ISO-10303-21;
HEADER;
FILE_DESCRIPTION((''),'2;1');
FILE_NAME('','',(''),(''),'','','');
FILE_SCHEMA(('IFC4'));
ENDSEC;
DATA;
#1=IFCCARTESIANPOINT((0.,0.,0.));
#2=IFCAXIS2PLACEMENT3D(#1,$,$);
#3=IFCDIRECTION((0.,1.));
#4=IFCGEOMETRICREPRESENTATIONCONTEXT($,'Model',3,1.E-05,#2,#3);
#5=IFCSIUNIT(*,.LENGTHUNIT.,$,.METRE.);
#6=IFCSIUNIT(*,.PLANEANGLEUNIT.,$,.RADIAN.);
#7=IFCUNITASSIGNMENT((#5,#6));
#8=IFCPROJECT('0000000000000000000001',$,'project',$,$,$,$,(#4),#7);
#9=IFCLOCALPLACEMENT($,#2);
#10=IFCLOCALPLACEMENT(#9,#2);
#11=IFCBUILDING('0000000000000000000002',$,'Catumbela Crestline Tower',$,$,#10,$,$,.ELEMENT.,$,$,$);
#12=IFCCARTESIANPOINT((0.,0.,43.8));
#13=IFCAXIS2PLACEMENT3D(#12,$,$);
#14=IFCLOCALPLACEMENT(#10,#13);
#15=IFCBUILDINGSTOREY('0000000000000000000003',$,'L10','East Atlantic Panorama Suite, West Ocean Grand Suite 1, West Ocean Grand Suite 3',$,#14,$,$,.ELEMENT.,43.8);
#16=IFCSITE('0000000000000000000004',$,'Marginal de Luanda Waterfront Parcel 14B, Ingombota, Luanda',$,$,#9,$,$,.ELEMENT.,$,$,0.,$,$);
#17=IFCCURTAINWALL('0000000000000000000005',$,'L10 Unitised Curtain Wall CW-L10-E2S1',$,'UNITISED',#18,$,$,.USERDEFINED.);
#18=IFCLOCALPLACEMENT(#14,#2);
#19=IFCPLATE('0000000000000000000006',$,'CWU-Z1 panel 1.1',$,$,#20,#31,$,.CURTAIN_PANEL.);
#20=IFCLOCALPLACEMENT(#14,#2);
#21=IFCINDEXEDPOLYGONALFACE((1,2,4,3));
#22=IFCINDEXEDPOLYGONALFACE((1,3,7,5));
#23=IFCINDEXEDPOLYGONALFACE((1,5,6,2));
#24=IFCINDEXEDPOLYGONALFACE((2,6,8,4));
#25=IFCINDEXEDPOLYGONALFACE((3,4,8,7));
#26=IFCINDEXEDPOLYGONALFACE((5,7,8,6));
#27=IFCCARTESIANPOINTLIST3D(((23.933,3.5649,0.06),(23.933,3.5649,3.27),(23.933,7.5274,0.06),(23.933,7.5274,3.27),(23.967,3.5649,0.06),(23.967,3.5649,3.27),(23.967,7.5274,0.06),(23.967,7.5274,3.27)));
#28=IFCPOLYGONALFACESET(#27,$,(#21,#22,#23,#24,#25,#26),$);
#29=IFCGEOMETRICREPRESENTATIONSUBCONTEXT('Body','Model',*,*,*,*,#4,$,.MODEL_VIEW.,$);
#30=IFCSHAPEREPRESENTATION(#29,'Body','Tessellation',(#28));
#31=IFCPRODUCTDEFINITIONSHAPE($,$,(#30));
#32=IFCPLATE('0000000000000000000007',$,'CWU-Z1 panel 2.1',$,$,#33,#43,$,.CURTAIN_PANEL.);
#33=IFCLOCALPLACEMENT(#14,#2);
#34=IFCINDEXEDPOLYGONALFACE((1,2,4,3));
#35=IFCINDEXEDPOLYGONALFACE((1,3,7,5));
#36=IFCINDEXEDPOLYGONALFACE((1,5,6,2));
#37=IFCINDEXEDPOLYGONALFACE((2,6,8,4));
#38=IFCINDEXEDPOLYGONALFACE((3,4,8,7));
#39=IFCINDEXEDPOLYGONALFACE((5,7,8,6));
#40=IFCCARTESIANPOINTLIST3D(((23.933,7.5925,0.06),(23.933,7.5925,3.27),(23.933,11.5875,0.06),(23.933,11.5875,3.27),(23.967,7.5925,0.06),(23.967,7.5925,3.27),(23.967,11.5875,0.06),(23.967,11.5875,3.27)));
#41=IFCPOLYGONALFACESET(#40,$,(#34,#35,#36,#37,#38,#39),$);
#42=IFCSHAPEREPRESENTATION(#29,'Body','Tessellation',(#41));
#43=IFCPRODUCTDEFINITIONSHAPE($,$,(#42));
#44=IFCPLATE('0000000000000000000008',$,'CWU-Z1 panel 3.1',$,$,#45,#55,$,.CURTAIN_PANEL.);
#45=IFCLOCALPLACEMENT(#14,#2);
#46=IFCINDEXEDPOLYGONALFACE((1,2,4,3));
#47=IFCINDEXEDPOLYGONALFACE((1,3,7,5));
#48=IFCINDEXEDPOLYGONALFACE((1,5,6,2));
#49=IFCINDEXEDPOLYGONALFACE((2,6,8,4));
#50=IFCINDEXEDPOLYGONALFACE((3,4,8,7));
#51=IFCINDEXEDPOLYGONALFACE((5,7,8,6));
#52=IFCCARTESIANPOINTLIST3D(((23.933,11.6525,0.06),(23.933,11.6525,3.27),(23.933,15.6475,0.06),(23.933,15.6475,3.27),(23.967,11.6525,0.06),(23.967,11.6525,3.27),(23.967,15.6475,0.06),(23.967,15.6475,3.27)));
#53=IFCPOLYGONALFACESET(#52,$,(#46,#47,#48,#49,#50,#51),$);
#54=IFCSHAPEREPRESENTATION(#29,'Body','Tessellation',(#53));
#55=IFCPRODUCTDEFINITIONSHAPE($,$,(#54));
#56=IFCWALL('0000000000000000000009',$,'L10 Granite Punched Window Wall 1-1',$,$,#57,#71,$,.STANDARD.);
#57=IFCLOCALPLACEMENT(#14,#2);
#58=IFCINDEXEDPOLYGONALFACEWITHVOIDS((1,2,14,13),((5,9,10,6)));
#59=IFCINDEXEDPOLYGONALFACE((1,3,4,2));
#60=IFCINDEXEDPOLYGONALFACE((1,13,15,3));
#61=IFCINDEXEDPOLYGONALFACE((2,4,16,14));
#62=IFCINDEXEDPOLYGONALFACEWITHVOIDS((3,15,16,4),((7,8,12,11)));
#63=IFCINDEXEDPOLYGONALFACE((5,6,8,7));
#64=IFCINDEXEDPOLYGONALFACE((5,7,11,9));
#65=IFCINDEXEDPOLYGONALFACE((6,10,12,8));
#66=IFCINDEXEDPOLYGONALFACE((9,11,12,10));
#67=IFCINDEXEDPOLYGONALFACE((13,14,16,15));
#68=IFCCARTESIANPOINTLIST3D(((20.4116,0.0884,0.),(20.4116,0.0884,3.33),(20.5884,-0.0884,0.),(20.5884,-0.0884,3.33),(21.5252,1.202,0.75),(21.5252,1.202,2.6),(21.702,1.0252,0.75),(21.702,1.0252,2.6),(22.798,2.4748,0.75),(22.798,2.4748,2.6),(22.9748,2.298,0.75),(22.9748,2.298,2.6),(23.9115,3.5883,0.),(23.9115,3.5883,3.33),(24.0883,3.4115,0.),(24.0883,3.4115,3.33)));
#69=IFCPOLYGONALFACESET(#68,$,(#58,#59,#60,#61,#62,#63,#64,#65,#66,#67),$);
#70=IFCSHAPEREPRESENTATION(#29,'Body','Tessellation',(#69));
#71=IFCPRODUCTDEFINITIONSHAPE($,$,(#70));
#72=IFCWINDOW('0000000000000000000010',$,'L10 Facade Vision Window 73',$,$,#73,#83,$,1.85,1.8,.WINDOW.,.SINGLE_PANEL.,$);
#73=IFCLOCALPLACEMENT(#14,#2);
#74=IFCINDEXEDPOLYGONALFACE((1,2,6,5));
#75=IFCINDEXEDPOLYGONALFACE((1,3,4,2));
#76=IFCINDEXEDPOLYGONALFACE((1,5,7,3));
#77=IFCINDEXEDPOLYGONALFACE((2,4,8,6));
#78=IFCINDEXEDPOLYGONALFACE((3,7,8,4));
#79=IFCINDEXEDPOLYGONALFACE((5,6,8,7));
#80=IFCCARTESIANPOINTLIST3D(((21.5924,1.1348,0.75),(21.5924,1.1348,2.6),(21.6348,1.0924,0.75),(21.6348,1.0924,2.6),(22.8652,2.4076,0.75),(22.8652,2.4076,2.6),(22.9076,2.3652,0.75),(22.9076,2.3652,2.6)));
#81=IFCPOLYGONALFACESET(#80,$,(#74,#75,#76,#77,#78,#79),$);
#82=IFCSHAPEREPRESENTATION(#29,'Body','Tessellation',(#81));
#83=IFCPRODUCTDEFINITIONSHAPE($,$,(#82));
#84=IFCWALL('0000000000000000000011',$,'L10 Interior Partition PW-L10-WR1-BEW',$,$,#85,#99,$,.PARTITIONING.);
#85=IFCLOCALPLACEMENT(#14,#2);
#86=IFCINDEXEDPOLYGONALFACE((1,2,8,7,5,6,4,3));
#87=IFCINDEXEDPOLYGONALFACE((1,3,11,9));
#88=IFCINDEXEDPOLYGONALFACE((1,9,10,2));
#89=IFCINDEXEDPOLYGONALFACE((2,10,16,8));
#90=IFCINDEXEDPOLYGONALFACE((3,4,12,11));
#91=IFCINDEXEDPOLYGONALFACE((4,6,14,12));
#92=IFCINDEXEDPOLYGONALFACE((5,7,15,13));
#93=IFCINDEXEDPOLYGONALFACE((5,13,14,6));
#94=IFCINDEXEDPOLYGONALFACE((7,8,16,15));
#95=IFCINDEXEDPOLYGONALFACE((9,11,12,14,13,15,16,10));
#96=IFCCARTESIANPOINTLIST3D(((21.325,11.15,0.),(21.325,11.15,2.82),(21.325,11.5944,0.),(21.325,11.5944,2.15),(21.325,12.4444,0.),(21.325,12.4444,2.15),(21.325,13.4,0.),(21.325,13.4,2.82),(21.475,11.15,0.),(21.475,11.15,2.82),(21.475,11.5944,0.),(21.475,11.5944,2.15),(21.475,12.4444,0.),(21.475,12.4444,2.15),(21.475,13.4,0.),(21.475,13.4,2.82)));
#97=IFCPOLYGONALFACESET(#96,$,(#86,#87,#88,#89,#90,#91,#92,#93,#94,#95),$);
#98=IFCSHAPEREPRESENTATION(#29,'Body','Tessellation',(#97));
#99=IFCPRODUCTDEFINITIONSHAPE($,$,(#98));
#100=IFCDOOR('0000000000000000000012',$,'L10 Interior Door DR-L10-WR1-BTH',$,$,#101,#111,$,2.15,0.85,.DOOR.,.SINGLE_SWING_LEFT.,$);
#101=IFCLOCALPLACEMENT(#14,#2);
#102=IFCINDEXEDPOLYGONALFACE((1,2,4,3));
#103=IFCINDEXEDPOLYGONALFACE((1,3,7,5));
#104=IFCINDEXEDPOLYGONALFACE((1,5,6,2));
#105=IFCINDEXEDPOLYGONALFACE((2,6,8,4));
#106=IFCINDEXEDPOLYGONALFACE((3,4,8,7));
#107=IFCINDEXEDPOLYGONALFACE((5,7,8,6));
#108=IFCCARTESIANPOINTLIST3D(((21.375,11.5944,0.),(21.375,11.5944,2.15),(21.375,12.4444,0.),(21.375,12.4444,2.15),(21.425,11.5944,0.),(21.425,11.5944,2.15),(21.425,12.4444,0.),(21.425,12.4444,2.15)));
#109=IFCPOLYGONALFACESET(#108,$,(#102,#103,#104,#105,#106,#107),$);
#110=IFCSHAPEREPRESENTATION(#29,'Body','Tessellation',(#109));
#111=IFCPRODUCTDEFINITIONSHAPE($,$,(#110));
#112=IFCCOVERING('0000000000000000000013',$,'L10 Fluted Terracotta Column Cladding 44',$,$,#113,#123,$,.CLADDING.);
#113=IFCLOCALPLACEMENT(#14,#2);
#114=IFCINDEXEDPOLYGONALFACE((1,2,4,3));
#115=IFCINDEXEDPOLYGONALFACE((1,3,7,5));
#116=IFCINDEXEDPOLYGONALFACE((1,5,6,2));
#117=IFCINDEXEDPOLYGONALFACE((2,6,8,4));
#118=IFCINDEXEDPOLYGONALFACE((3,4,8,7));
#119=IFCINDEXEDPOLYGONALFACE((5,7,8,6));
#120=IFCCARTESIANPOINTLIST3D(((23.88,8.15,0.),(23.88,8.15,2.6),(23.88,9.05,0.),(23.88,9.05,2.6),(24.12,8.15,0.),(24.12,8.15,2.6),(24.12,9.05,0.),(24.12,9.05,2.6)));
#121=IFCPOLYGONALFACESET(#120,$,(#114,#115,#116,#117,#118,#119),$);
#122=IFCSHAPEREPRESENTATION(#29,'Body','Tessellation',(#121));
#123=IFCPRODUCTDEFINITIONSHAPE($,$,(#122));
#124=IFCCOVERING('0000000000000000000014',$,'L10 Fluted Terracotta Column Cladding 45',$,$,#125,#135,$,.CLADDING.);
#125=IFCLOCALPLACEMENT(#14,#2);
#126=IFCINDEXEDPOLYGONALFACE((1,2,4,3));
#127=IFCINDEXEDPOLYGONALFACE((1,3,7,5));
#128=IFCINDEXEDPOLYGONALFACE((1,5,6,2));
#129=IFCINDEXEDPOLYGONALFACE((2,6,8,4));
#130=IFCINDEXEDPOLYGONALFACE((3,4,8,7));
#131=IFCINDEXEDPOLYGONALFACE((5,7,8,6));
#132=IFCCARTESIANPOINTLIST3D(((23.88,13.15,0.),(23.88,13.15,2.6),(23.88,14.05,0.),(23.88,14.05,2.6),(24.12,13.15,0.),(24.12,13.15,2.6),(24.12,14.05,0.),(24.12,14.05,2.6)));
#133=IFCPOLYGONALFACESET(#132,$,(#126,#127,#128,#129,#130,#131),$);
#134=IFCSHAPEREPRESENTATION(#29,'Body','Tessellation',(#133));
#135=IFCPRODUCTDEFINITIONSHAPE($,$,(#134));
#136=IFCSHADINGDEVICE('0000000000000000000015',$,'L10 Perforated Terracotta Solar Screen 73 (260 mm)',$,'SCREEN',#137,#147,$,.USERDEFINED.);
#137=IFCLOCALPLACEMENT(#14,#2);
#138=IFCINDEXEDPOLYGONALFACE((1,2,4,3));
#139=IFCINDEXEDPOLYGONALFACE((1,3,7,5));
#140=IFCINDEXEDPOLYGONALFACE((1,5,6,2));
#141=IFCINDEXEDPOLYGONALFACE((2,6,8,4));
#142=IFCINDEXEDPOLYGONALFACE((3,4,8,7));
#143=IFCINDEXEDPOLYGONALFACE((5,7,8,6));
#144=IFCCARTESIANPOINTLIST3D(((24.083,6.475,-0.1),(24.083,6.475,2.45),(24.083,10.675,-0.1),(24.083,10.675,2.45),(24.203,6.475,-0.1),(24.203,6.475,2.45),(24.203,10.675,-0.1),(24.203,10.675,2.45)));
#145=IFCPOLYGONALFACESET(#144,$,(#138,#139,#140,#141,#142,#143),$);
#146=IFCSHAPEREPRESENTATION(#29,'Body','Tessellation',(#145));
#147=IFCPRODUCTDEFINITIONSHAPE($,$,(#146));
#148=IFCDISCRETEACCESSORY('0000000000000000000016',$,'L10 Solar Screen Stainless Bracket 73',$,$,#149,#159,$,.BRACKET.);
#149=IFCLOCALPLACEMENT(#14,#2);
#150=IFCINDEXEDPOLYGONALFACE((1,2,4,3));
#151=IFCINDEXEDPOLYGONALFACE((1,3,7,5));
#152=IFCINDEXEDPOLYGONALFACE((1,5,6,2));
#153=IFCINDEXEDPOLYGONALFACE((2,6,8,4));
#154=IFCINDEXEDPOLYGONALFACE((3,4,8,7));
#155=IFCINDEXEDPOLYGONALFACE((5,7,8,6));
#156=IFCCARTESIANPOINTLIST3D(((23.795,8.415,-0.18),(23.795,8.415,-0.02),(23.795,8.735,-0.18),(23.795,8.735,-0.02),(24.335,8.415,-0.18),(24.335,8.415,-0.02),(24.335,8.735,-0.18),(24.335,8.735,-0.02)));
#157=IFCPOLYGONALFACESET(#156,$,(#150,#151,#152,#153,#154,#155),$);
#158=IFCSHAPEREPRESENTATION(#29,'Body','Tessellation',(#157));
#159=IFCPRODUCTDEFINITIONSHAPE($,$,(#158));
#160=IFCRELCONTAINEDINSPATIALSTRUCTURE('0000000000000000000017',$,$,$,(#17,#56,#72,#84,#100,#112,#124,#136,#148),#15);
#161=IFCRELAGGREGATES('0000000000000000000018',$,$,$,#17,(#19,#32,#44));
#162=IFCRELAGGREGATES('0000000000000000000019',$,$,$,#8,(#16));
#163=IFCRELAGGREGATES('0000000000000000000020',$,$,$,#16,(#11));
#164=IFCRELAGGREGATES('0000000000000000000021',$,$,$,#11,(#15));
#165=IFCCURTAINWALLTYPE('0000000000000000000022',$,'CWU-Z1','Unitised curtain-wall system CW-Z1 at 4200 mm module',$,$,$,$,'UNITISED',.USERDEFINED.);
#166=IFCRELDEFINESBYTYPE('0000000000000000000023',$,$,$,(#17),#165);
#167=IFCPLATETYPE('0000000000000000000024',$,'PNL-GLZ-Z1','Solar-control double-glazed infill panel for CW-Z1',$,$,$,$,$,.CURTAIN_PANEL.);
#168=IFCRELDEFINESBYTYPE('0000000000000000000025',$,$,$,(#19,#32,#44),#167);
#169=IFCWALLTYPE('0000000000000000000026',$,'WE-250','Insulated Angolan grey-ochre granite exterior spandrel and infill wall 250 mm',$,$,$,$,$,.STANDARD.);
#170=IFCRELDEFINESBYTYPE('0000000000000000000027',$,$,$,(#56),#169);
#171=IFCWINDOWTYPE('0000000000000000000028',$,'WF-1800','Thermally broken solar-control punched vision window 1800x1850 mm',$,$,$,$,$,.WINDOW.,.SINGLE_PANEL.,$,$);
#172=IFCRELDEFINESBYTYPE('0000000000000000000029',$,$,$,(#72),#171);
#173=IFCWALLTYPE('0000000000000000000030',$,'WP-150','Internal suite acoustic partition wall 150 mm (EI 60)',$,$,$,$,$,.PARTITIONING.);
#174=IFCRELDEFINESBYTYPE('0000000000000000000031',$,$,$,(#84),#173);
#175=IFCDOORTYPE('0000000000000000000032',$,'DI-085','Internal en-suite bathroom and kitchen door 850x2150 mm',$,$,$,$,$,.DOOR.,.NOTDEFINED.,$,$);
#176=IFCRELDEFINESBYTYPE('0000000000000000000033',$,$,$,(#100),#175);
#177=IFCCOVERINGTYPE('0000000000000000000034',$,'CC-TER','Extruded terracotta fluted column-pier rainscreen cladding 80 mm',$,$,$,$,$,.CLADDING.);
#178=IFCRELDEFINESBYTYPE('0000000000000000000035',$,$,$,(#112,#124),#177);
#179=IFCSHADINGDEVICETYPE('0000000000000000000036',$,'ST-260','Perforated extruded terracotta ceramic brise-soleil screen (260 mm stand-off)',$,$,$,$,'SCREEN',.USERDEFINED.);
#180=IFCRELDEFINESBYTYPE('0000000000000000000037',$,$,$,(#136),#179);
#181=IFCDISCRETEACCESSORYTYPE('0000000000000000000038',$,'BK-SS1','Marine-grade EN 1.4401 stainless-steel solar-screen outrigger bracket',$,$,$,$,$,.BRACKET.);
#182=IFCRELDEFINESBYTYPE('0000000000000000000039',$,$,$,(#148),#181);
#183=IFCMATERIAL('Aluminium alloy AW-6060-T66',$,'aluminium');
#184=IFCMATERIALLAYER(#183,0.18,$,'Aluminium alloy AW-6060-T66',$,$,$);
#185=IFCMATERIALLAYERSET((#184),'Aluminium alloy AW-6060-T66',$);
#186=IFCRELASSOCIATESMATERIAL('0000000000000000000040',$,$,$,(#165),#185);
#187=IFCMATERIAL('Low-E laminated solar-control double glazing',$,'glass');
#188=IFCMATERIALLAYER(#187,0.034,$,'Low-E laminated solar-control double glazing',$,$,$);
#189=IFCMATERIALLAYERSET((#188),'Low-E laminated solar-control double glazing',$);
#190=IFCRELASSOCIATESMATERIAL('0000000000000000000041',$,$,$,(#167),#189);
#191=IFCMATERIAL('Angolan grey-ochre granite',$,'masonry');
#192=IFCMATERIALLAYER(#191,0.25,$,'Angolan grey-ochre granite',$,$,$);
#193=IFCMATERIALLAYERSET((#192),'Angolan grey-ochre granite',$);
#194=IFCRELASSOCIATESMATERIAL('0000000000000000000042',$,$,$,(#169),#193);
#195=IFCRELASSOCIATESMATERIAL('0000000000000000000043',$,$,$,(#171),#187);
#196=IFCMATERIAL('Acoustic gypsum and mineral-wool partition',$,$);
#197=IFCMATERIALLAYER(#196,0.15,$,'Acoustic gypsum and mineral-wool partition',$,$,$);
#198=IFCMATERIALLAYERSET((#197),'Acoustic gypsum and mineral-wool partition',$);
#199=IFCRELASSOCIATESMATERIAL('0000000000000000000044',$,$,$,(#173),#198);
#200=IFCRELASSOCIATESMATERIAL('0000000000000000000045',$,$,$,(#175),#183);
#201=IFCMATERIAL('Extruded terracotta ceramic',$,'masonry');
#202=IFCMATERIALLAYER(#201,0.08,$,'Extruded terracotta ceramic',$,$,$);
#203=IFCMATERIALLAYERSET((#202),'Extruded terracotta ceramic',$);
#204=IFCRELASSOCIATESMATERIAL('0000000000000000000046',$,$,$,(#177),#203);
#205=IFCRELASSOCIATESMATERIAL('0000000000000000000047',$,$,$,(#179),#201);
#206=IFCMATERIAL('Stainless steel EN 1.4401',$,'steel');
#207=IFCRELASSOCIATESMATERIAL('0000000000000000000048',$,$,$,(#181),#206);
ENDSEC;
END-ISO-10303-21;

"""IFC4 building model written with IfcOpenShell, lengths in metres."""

from ifc_helpers import new_model, si_unit, direction, frame, frame_2d, origin, origin_2d, place, context, subcontext, project, spatial, rectangle, extrude, material, layer, layer_set, type_object, element, fill, aggregate, save


model = new_model("IFC4")

# Units and contexts
model_context = context("Model", 3, precision=1e-05, world=origin(), true_north=direction((0.0, 1.0)))
body_context = subcontext(model_context, "Body", "Model", "MODEL_VIEW")
ifc_project = project(units=[si_unit("LENGTHUNIT", "METRE"), si_unit("PLANEANGLEUNIT", "RADIAN")], contexts=[model_context])

# Site, building, storey
site_placement = place(None, origin())
site = spatial("IfcSite", under=ifc_project, at=site_placement, Name="Marginal de Luanda Waterfront Parcel 14B, Ingombota, Luanda", CompositionType="ELEMENT", RefElevation=0.0)
building_placement = place(site_placement, origin())
building = spatial("IfcBuilding", under=site, at=building_placement, Name="Catumbela Crestline Tower", CompositionType="ELEMENT")
storey_placement = place(building_placement, frame((0.0, 0.0, 43.8)))
storey = spatial("IfcBuildingStorey", under=building, at=storey_placement, Name="L10", Description="East Atlantic Panorama Suite, West Ocean Grand Suite 1, West Ocean Grand Suite 3", CompositionType="ELEMENT", Elevation=43.8)

# Shared definitions
ifc_material_1 = material(Name="Aluminium alloy AW-6060-T66", Category="aluminium")
ifc_layer_1 = layer(ifc_material_1, 0.18, Name="Aluminium alloy AW-6060-T66")
ifc_layer_set_1 = layer_set([ifc_layer_1], Name="Aluminium alloy AW-6060-T66")
curtain_wall_type = type_object("IfcCurtainWallType", Name="CWU-Z1", Description="Unitised curtain-wall system CW-Z1 at 4200 mm module", ElementType="UNITISED", PredefinedType="USERDEFINED", material=ifc_layer_set_1)

# Curtain wall
curtain_wall_1_placement = place(storey_placement, origin())
curtain_wall_1 = element("IfcCurtainWall", 1, at=curtain_wall_1_placement, inside=storey, type_object=curtain_wall_type, Name="L10 Unitised Curtain Wall CW-L10-E2S1", ObjectType="UNITISED", PredefinedType="USERDEFINED")

# Plates
ifc_material_2 = material(Name="Low-E laminated solar-control double glazing", Category="glass")
ifc_layer_2 = layer(ifc_material_2, 0.034, Name="Low-E laminated solar-control double glazing")
ifc_layer_set_2 = layer_set([ifc_layer_2], Name="Low-E laminated solar-control double glazing")
plate_type = type_object("IfcPlateType", Name="PNL-GLZ-Z1", Description="Solar-control double-glazed infill panel for CW-Z1", PredefinedType="CURTAIN_PANEL", material=ifc_layer_set_2)
plate_1_placement = place(storey_placement, frame((23.95, 5.5462, 0.06), z_axis=(0.0, 0.0, 1.0), x_axis=(0.0, 1.0, 0.0)))
plate_1 = element("IfcPlate", 2, at=plate_1_placement, type_object=plate_type, Name="CWU-Z1 panel 1.1", PredefinedType="CURTAIN_PANEL", context=body_context, shape_type="SweptSolid", body=[
    extrude(rectangle(XDim=3.9625, YDim=0.034, at=origin_2d()), origin(), (0.0, 0.0, 1.0), 3.21),
])
plate_2_placement = place(storey_placement, frame((23.95, 9.59, 0.06), z_axis=(0.0, 0.0, 1.0), x_axis=(0.0, 1.0, 0.0)))
plate_2 = element("IfcPlate", 3, at=plate_2_placement, type_object=plate_type, Name="CWU-Z1 panel 2.1", PredefinedType="CURTAIN_PANEL", context=body_context, shape_type="SweptSolid", body=[
    extrude(rectangle(XDim=3.995, YDim=0.034, at=origin_2d()), origin(), (0.0, 0.0, 1.0), 3.21),
])
plate_3_placement = place(storey_placement, frame((23.95, 13.65, 0.06), z_axis=(0.0, 0.0, 1.0), x_axis=(0.0, 1.0, 0.0)))
plate_3 = element("IfcPlate", 4, at=plate_3_placement, type_object=plate_type, Name="CWU-Z1 panel 3.1", PredefinedType="CURTAIN_PANEL", context=body_context, shape_type="SweptSolid", body=[
    extrude(rectangle(XDim=3.995, YDim=0.034, at=origin_2d()), origin(), (0.0, 0.0, 1.0), 3.21),
])
aggregate(curtain_wall_1, [plate_1, plate_2, plate_3])

# Wall, opening, window
ifc_material_3 = material(Name="Angolan grey-ochre granite", Category="masonry")
ifc_layer_3 = layer(ifc_material_3, 0.25, Name="Angolan grey-ochre granite")
ifc_layer_set_3 = layer_set([ifc_layer_3], Name="Angolan grey-ochre granite")
wall_type_1 = type_object("IfcWallType", Name="WE-250", Description="Insulated Angolan grey-ochre granite exterior spandrel and infill wall 250 mm", PredefinedType="STANDARD", material=ifc_layer_set_3)
wall_1_placement = place(storey_placement, frame((20.5, 0.0, 0.0), z_axis=(0.0, 0.0, 1.0), x_axis=(0.707107, 0.707107, 0.0)))
wall_1 = element("IfcWall", 5, at=wall_1_placement, inside=storey, type_object=wall_type_1, Name="L10 Granite Punched Window Wall 1-1", PredefinedType="STANDARD", context=body_context, shape_type="SweptSolid", body=[
    extrude(rectangle(XDim=4.9497, YDim=0.25, at=frame_2d((2.4748, 0.0))), origin(), (0.0, 0.0, 1.0), 3.33),
])
opening_1_placement = place(wall_1_placement, frame((1.5749, 0.0, 0.75)))
opening_1 = element("IfcOpeningElement", 6, at=opening_1_placement, cuts=wall_1, PredefinedType="OPENING", context=body_context, shape_type="SweptSolid", body=[
    extrude(rectangle(XDim=1.8, YDim=1.85, at=frame_2d((0.9, 0.925))), frame((0.0, 0.135, 0.0), z_axis=(0.0, -1.0, 0.0), x_axis=(1.0, 0.0, 0.0)), (0.0, 0.0, 1.0), 0.27),
])
window_type = type_object("IfcWindowType", Name="WF-1800", Description="Thermally broken solar-control punched vision window 1800x1850 mm", PartitioningType="SINGLE_PANEL", PredefinedType="WINDOW", material=ifc_material_2)
window_placement = place(opening_1_placement, origin())
window = element("IfcWindow", 7, at=window_placement, inside=storey, type_object=window_type, Name="L10 Facade Vision Window 73", OverallHeight=1.85, OverallWidth=1.8, PartitioningType="SINGLE_PANEL", PredefinedType="WINDOW", context=body_context, shape_type="SweptSolid", body=[
    extrude(rectangle(XDim=1.8, YDim=1.85, at=frame_2d((0.9, 0.925))), frame((0.0, 0.03, 0.0), z_axis=(0.0, -1.0, 0.0), x_axis=(1.0, 0.0, 0.0)), (0.0, 0.0, 1.0), 0.06),
])
fill(opening_1, window)

# Wall, opening, door
ifc_material_4 = material(Name="Acoustic gypsum and mineral-wool partition")
ifc_layer_4 = layer(ifc_material_4, 0.15, Name="Acoustic gypsum and mineral-wool partition")
ifc_layer_set_4 = layer_set([ifc_layer_4], Name="Acoustic gypsum and mineral-wool partition")
wall_type_2 = type_object("IfcWallType", Name="WP-150", Description="Internal suite acoustic partition wall 150 mm (EI 60)", PredefinedType="PARTITIONING", material=ifc_layer_set_4)
wall_2_placement = place(storey_placement, frame((21.4, 11.15, 0.0), z_axis=(0.0, 0.0, 1.0), x_axis=(0.0, 1.0, 0.0)))
wall_2 = element("IfcWall", 8, at=wall_2_placement, inside=storey, type_object=wall_type_2, Name="L10 Interior Partition PW-L10-WR1-BEW", PredefinedType="PARTITIONING", context=body_context, shape_type="SweptSolid", body=[
    extrude(rectangle(XDim=2.25, YDim=0.15, at=frame_2d((1.125, 0.0))), origin(), (0.0, 0.0, 1.0), 2.82),
])
opening_2_placement = place(wall_2_placement, frame((0.4444, 0.0, 0.0)))
opening_2 = element("IfcOpeningElement", 9, at=opening_2_placement, cuts=wall_2, PredefinedType="OPENING", context=body_context, shape_type="SweptSolid", body=[
    extrude(rectangle(XDim=0.85, YDim=2.15, at=frame_2d((0.425, 1.075))), frame((0.0, 0.085, 0.0), z_axis=(0.0, -1.0, 0.0), x_axis=(1.0, 0.0, 0.0)), (0.0, 0.0, 1.0), 0.17),
])
door_type = type_object("IfcDoorType", Name="DI-085", Description="Internal en-suite bathroom and kitchen door 850x2150 mm", OperationType="NOTDEFINED", PredefinedType="DOOR", material=ifc_material_1)
door_placement = place(opening_2_placement, origin())
door = element("IfcDoor", 10, at=door_placement, inside=storey, type_object=door_type, Name="L10 Interior Door DR-L10-WR1-BTH", OperationType="SINGLE_SWING_LEFT", OverallHeight=2.15, OverallWidth=0.85, PredefinedType="DOOR", context=body_context, shape_type="SweptSolid", body=[
    extrude(rectangle(XDim=0.85, YDim=2.15, at=frame_2d((0.425, 1.075))), frame((0.0, 0.025, 0.0), z_axis=(0.0, -1.0, 0.0), x_axis=(1.0, 0.0, 0.0)), (0.0, 0.0, 1.0), 0.05),
])
fill(opening_2, door)

# Coverings
ifc_material_5 = material(Name="Extruded terracotta ceramic", Category="masonry")
ifc_layer_5 = layer(ifc_material_5, 0.08, Name="Extruded terracotta ceramic")
ifc_layer_set_5 = layer_set([ifc_layer_5], Name="Extruded terracotta ceramic")
covering_type = type_object("IfcCoveringType", Name="CC-TER", Description="Extruded terracotta fluted column-pier rainscreen cladding 80 mm", PredefinedType="CLADDING", material=ifc_layer_set_5)
for number, where, z_axis, x_axis, name in (
    (11, (24.0, 8.6, 0.0), (0.0, 0.0, 1.0), (0.0, 1.0, 0.0), "L10 Fluted Terracotta Column Cladding 44"),
    (12, (24.0, 13.6, 0.0), (0.0, 0.0, 1.0), (0.0, 1.0, 0.0), "L10 Fluted Terracotta Column Cladding 45"),
):
    element("IfcCovering", number, at=place(storey_placement, frame(where, z_axis=z_axis, x_axis=x_axis)), inside=storey, type_object=covering_type, Name=name, PredefinedType="CLADDING", context=body_context, shape_type="SweptSolid", body=[
        extrude(rectangle(XDim=0.9, YDim=0.24, at=origin_2d()), origin(), (0.0, 0.0, 1.0), 2.6),
    ])

# Shading device
shading_device_type = type_object("IfcShadingDeviceType", Name="ST-260", Description="Perforated extruded terracotta ceramic brise-soleil screen (260 mm stand-off)", ElementType="SCREEN", PredefinedType="USERDEFINED", material=ifc_material_5)
shading_device_placement = place(storey_placement, frame((24.143, 8.575, -0.1), z_axis=(0.0, 0.0, 1.0), x_axis=(0.0, 1.0, 0.0)))
element("IfcShadingDevice", 13, at=shading_device_placement, inside=storey, type_object=shading_device_type, Name="L10 Perforated Terracotta Solar Screen 73 (260 mm)", ObjectType="SCREEN", PredefinedType="USERDEFINED", context=body_context, shape_type="SweptSolid", body=[
    extrude(rectangle(XDim=4.2, YDim=0.12, at=origin_2d()), origin(), (0.0, 0.0, 1.0), 2.55),
])

# Discrete accessory
ifc_material_6 = material(Name="Stainless steel EN 1.4401", Category="steel")
discrete_accessory_type = type_object("IfcDiscreteAccessoryType", Name="BK-SS1", Description="Marine-grade EN 1.4401 stainless-steel solar-screen outrigger bracket", PredefinedType="BRACKET", material=ifc_material_6)
discrete_accessory_placement = place(storey_placement, frame((24.065, 8.575, -0.18), z_axis=(0.0, 0.0, 1.0), x_axis=(0.0, 1.0, 0.0)))
element("IfcDiscreteAccessory", 14, at=discrete_accessory_placement, inside=storey, type_object=discrete_accessory_type, Name="L10 Solar Screen Stainless Bracket 73", PredefinedType="BRACKET", context=body_context, shape_type="SweptSolid", body=[
    extrude(rectangle(XDim=0.32, YDim=0.54, at=origin_2d()), origin(), (0.0, 0.0, 1.0), 0.16),
])

save(model, "model.ifc")
